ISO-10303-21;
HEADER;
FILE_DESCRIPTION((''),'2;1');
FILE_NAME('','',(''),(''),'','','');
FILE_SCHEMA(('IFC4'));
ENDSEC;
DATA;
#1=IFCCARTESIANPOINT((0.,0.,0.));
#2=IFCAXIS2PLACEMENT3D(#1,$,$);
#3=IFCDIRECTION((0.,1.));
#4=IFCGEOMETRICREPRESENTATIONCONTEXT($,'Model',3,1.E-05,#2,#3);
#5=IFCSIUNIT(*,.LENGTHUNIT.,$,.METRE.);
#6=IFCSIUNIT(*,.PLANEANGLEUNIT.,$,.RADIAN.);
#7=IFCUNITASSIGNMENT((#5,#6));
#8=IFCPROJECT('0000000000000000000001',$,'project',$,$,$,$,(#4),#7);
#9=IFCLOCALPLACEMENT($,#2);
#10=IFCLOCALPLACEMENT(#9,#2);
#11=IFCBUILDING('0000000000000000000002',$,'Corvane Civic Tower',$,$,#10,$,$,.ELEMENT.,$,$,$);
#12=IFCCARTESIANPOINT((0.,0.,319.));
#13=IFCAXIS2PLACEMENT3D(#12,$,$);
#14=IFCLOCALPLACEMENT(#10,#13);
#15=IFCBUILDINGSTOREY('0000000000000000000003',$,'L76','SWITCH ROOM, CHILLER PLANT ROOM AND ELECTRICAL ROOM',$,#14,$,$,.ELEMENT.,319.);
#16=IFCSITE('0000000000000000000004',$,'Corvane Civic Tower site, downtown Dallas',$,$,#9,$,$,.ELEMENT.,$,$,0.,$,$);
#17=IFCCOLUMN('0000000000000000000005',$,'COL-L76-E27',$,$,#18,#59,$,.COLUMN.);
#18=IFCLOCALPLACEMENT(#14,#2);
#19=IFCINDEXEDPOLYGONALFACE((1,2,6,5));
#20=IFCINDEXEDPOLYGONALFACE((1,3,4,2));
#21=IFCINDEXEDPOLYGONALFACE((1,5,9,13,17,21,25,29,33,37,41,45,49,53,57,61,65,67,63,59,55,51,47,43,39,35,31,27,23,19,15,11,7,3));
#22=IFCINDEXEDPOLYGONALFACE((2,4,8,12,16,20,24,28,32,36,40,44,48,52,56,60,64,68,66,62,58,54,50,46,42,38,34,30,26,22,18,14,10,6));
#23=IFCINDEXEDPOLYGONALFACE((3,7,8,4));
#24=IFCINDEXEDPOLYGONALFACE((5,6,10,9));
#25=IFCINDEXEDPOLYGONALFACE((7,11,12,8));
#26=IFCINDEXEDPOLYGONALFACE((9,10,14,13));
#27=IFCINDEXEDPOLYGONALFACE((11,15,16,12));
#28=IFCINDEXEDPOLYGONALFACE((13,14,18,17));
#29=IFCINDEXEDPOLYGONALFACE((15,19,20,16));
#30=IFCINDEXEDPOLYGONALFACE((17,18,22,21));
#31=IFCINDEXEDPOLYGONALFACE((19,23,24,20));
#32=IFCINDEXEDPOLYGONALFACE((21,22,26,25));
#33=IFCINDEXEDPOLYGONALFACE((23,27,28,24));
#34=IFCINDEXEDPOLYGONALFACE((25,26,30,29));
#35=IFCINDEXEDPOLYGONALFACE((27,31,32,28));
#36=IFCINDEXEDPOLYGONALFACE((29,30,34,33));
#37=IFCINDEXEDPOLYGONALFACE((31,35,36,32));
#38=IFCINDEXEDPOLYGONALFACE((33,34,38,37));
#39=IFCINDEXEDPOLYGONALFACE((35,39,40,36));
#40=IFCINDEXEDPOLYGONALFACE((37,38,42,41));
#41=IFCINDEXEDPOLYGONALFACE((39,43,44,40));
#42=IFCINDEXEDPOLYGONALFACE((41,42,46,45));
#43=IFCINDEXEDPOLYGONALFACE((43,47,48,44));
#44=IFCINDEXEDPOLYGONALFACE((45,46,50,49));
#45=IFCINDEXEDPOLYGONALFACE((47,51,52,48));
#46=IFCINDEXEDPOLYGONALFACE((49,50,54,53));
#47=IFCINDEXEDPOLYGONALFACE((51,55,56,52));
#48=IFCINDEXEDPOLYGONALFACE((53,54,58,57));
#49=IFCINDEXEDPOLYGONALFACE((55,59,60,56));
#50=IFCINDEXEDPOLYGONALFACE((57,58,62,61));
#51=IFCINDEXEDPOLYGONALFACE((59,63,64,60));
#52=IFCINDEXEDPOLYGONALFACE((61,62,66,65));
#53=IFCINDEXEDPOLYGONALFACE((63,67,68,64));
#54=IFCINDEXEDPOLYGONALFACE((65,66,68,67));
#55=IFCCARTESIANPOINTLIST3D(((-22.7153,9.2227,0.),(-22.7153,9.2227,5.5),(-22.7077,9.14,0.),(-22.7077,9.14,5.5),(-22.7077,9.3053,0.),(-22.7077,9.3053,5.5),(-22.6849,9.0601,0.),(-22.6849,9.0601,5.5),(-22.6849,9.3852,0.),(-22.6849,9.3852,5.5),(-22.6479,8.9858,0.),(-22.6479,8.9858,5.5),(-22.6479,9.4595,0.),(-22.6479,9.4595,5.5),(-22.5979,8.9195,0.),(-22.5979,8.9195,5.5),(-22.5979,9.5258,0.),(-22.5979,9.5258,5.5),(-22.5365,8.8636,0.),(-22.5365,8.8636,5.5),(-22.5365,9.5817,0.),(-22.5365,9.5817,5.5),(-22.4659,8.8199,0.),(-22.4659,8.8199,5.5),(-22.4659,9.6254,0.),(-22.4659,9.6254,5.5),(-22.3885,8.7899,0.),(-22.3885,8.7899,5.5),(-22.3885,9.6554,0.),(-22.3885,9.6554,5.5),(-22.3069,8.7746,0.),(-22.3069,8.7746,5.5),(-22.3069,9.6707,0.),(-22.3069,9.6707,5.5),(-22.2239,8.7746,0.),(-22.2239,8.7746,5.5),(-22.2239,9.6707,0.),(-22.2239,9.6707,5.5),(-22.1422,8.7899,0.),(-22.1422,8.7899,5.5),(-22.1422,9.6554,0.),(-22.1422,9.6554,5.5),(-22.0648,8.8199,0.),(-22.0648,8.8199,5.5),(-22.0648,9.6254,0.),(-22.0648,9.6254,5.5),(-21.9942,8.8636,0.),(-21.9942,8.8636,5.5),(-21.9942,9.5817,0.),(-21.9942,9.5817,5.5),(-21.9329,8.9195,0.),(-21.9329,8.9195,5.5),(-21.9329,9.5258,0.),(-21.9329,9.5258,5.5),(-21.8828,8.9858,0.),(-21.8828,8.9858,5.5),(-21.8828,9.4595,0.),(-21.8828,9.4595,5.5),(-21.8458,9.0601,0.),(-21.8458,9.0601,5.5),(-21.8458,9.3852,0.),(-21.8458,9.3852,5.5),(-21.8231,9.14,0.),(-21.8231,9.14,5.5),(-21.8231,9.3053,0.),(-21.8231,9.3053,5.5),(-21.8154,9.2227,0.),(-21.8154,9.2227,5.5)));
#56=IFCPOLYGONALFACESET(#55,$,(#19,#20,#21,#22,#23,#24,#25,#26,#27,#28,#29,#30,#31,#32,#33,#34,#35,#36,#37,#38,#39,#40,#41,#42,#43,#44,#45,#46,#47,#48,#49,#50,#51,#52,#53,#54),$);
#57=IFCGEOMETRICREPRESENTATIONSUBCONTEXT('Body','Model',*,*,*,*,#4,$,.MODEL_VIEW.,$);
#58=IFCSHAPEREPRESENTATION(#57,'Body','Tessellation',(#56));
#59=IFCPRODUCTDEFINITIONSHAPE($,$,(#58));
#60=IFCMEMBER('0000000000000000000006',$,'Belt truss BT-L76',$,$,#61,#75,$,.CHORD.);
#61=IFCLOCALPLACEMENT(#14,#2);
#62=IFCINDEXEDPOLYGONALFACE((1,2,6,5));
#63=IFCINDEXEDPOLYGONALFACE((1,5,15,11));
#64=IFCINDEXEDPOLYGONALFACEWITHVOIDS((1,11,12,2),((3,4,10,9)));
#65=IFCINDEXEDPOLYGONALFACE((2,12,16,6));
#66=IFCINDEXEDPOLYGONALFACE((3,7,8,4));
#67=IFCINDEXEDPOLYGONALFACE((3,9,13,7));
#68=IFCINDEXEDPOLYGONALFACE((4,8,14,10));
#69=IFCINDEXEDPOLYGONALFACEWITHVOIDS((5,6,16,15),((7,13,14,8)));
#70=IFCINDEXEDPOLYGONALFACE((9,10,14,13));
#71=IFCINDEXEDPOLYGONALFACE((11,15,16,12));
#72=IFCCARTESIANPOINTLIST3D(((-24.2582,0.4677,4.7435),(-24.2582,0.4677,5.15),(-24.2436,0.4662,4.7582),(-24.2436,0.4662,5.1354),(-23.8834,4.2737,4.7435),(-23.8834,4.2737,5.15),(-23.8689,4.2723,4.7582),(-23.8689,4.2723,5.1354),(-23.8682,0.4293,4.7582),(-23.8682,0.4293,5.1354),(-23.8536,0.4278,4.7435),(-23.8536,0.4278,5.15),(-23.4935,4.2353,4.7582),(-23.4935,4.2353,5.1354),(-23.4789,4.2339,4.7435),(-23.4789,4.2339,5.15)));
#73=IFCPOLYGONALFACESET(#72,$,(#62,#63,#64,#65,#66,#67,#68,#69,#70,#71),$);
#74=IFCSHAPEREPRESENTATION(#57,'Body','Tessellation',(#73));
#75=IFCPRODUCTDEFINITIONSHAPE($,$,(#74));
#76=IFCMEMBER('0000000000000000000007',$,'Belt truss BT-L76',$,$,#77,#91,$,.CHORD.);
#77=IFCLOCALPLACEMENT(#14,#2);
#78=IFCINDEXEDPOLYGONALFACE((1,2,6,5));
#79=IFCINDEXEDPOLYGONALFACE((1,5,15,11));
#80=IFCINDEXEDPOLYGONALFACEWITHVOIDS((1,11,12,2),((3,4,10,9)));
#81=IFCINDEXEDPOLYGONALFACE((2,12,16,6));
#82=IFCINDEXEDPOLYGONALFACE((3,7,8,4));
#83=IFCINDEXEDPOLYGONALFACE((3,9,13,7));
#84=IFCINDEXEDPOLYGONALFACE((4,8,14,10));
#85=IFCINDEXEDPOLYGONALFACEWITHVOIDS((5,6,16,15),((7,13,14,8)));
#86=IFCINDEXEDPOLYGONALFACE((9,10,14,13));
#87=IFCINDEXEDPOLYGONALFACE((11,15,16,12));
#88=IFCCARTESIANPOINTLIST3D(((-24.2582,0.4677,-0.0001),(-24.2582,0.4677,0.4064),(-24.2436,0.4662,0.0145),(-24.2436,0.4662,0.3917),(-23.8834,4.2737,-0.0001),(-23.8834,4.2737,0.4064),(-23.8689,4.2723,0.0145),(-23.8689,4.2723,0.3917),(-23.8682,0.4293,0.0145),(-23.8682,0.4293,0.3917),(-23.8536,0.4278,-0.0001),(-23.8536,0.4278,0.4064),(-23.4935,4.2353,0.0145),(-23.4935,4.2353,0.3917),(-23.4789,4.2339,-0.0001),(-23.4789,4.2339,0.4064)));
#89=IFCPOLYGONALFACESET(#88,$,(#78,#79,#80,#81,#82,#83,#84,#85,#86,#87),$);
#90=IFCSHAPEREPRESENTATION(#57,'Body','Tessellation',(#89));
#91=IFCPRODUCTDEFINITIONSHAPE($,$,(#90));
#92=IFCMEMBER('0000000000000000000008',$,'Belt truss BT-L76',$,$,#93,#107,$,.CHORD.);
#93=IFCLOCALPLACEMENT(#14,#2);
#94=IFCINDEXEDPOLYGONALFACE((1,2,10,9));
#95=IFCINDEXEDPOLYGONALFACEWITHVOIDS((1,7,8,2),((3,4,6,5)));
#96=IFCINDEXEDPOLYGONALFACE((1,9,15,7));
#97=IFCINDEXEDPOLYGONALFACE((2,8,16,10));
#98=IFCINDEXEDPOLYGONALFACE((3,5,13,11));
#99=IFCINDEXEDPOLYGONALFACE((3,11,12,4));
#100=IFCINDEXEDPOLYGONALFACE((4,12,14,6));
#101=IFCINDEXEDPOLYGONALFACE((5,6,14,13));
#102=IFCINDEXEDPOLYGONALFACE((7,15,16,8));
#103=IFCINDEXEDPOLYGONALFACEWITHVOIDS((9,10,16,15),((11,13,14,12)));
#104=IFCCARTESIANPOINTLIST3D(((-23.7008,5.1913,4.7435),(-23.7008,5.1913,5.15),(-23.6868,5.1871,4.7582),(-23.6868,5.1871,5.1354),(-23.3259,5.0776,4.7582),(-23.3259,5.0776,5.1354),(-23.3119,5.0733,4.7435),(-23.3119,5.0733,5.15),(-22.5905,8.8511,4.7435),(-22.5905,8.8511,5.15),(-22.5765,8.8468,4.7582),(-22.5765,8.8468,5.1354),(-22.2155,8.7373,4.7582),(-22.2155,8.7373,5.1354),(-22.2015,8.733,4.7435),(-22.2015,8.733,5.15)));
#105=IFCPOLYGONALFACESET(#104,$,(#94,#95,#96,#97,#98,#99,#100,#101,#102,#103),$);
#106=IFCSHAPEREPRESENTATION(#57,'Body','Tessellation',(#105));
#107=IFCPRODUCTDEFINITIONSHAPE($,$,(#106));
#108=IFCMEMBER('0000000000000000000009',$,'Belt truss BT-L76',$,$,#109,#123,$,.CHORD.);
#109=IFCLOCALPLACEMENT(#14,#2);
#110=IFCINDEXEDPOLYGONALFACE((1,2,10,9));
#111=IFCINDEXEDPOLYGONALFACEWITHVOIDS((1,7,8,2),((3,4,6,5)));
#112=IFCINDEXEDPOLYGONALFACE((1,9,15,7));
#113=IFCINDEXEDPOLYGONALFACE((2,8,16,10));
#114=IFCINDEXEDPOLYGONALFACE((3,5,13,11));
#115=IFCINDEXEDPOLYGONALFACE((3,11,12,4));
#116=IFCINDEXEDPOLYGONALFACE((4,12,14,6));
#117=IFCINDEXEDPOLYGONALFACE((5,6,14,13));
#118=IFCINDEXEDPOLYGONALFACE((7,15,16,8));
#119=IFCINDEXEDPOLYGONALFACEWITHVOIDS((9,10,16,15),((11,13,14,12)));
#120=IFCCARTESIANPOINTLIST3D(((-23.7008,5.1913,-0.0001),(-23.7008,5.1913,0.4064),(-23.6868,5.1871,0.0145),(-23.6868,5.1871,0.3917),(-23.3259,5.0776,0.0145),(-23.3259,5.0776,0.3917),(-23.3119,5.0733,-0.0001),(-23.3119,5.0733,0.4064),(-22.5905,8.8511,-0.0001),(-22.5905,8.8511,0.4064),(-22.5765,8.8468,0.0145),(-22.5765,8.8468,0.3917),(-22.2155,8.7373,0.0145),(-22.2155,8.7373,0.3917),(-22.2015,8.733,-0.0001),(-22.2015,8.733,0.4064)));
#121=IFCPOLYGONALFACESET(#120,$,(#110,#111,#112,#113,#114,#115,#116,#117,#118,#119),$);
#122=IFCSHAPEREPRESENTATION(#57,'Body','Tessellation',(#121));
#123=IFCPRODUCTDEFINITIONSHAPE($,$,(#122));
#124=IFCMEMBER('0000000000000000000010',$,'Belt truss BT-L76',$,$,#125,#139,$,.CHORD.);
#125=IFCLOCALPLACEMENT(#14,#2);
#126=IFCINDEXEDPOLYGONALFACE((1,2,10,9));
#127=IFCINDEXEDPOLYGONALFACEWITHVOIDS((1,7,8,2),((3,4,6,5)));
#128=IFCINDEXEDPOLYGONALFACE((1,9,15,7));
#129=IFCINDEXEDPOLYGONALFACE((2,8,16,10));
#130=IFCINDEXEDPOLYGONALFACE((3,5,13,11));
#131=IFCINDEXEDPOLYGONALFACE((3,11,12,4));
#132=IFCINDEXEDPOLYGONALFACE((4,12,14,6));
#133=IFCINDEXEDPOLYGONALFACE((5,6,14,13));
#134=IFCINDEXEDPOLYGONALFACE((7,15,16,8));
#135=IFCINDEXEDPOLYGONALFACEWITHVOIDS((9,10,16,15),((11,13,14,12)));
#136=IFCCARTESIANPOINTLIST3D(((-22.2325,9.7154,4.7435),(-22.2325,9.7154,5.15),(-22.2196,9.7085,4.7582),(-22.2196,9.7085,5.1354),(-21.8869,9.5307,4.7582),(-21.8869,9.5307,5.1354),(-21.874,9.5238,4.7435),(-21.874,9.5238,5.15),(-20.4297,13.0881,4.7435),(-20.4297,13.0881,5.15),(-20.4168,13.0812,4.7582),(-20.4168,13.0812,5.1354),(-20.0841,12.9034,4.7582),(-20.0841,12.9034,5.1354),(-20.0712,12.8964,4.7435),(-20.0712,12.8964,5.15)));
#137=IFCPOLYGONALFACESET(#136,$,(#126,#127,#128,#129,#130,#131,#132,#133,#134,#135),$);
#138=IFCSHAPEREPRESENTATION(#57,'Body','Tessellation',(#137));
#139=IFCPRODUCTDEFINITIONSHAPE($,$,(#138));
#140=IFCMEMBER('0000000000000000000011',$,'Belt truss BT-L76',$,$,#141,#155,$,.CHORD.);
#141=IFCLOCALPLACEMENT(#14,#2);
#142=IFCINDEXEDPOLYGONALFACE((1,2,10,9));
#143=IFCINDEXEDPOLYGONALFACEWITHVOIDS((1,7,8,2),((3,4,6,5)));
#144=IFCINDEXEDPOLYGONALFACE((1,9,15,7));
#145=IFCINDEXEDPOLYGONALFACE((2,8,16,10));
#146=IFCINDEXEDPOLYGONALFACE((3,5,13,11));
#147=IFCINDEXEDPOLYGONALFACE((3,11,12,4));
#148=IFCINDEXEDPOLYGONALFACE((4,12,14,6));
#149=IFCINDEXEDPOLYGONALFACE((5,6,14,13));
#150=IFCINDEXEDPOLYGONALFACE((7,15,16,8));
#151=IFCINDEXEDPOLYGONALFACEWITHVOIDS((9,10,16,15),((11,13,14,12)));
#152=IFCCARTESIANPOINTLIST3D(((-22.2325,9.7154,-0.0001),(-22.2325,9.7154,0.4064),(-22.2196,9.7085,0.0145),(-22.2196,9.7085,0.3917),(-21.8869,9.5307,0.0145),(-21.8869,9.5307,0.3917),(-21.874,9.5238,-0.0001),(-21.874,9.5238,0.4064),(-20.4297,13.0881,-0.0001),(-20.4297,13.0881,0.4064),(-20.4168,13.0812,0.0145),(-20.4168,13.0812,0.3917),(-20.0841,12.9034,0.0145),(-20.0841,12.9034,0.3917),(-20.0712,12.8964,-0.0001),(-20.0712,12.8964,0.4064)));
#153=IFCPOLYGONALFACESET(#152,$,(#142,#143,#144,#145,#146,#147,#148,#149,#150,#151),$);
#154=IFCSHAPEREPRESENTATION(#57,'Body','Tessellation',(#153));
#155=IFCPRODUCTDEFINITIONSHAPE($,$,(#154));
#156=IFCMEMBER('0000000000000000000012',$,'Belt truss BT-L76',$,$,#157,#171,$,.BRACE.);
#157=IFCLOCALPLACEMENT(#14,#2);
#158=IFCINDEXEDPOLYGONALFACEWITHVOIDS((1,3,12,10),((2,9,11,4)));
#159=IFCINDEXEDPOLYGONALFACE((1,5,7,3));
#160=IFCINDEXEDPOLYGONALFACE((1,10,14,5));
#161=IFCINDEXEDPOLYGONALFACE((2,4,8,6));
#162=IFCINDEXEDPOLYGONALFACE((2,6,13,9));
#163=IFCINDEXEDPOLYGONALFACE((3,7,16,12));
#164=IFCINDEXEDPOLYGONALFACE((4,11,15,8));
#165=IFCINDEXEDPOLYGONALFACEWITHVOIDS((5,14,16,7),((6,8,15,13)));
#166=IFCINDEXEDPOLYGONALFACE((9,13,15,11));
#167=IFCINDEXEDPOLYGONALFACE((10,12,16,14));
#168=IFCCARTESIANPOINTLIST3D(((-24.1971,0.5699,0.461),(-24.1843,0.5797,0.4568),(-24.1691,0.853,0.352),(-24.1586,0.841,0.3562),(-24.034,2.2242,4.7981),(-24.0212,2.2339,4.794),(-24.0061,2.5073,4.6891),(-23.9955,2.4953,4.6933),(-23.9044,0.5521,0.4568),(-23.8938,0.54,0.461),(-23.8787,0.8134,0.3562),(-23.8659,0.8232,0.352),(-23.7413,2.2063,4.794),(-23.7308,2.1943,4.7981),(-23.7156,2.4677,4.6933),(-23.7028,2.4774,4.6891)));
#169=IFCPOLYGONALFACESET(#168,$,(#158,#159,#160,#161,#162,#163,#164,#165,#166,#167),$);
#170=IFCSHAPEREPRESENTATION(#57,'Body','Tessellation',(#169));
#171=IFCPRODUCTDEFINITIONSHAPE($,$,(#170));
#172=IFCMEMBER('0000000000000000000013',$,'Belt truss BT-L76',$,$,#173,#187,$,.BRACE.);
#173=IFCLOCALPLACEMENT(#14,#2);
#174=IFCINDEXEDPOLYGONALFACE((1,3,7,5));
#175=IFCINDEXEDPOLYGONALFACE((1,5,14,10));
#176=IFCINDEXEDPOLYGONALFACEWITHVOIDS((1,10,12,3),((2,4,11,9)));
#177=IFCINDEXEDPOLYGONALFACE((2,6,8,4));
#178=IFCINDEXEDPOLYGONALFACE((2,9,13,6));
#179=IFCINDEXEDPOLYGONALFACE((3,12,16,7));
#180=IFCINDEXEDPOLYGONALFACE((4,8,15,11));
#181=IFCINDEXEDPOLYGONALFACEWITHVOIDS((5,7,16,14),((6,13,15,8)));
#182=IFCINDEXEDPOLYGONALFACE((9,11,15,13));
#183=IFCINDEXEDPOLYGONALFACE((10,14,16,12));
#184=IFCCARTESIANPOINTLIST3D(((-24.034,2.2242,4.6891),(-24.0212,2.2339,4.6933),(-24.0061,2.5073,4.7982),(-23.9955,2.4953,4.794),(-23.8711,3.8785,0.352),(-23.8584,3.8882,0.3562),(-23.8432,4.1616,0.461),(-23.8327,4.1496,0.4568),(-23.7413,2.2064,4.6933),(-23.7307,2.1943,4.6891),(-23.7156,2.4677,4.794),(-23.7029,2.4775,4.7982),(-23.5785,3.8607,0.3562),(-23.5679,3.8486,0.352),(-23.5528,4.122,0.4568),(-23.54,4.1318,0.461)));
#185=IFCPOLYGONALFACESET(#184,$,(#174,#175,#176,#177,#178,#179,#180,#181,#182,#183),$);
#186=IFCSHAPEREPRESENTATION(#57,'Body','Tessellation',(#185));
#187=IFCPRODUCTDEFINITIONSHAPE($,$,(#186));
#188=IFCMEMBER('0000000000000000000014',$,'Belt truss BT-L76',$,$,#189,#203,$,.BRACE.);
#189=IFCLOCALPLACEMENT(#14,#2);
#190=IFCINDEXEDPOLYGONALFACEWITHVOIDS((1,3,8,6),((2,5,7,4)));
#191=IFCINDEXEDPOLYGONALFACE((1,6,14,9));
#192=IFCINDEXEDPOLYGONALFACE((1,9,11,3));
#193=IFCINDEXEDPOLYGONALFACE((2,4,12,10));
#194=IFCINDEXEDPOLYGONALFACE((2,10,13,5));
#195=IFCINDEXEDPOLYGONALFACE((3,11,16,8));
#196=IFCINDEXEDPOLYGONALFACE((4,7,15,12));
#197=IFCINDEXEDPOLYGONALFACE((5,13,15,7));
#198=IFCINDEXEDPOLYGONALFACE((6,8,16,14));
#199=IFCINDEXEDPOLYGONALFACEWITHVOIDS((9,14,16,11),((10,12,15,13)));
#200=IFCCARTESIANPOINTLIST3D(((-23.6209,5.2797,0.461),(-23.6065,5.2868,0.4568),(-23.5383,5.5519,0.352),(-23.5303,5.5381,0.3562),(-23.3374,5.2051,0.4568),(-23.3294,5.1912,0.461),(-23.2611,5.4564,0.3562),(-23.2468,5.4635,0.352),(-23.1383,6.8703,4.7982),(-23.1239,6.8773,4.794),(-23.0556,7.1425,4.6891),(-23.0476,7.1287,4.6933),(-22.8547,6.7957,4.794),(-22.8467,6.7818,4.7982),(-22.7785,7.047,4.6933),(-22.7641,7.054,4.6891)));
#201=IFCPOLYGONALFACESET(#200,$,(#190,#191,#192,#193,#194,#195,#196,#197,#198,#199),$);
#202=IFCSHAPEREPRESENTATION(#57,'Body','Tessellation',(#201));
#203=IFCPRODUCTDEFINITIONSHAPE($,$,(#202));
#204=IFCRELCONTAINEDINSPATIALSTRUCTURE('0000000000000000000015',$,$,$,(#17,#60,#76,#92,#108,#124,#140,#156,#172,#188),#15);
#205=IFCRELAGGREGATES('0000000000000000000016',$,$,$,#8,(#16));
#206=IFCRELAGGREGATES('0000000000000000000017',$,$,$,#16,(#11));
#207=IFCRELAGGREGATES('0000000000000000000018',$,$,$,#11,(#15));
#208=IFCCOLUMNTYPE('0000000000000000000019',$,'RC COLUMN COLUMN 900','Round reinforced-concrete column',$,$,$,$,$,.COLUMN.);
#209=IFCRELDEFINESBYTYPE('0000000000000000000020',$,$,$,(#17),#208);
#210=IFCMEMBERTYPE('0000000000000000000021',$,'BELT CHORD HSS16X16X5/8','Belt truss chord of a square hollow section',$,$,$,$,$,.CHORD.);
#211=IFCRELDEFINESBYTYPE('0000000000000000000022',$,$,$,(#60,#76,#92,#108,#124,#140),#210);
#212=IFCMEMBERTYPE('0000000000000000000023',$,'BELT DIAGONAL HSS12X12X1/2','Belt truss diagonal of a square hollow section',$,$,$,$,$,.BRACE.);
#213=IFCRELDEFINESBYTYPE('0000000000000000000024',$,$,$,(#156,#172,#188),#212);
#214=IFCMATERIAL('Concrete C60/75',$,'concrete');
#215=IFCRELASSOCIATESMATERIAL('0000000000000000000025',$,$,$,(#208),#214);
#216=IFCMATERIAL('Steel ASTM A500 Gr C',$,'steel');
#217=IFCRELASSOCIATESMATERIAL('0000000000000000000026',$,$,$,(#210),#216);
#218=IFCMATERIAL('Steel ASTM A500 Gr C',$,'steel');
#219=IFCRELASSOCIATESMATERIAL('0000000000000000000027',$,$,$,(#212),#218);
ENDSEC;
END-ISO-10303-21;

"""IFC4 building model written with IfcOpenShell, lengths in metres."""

from ifc_helpers import new_model, si_unit, direction, frame, origin, origin_2d, place, context, subcontext, project, spatial, hollow_rectangle, circle, extrude, material, material_profile, profile_set, type_object, element, save


model = new_model("IFC4")

# Units and contexts
model_context = context("Model", 3, precision=1e-05, world=origin(), true_north=direction((0.0, 1.0)))
body_context = subcontext(model_context, "Body", "Model", "MODEL_VIEW")
ifc_project = project(units=[si_unit("LENGTHUNIT", "METRE"), si_unit("PLANEANGLEUNIT", "RADIAN")], contexts=[model_context])

# Site, building, storey
site_placement = place(None, origin())
site = spatial("IfcSite", under=ifc_project, at=site_placement, Name="Corvane Civic Tower site, downtown Dallas", CompositionType="ELEMENT", RefElevation=0.0)
building_placement = place(site_placement, origin())
building = spatial("IfcBuilding", under=site, at=building_placement, Name="Corvane Civic Tower", CompositionType="ELEMENT")
storey_placement = place(building_placement, frame((0.0, 0.0, 319.0)))
storey = spatial("IfcBuildingStorey", under=building, at=storey_placement, Name="L76", Description="SWITCH ROOM, CHILLER PLANT ROOM AND ELECTRICAL ROOM", CompositionType="ELEMENT", Elevation=319.0)

# Column
ifc_material_1 = material(Name="Concrete C60/75", Category="concrete")
ifc_material_profile_1 = material_profile(ifc_material_1, circle(Radius=0.45, at=origin_2d()), Name="COLUMN 900")
ifc_profile_set_1 = profile_set([ifc_material_profile_1], Name="Concrete C60/75")
column_type_1 = type_object("IfcColumnType", Name="RC COLUMN COLUMN 900", Description="Round reinforced-concrete column", PredefinedType="COLUMN", material=ifc_profile_set_1)
for number, where, z_axis, x_axis, name in (
    (1, (-22.2654, 9.2227, 0.0), (0.0, 0.0, 1.0), (1.0, 0.0, 0.0), "COL-L76-E27"),
):
    element("IfcColumn", number, at=place(storey_placement, frame(where, z_axis=z_axis, x_axis=x_axis)), inside=storey, type_object=column_type_1, Name=name, PredefinedType="COLUMN", context=body_context, shape_type="SweptSolid", body=[
        extrude(circle(Radius=0.45, at=origin_2d()), origin(), (0.0, 0.0, 1.0), 5.5),
    ])

# Members
ifc_material_2 = material(Name="Steel ASTM A500 Gr C", Category="steel")
ifc_material_profile_2 = material_profile(ifc_material_2, hollow_rectangle(XDim=0.4065, YDim=0.4065, WallThickness=0.0146, at=origin_2d()), Name="HSS16X16X5/8")
ifc_profile_set_2 = profile_set([ifc_material_profile_2], Name="Steel ASTM A500 Gr C")
member_type_1 = type_object("IfcMemberType", Name="BELT CHORD HSS16X16X5/8", Description="Belt truss chord of a square hollow section", PredefinedType="CHORD", material=ifc_profile_set_2)
for number, where, z_axis, x_axis, name in (
    (2, (-24.0559, 0.4478, 4.9468), (0.097987, 0.995188, 0.0), (-0.995188, 0.097987, 0.0), "Belt truss BT-L76"),
    (3, (-24.0559, 0.4478, 0.2031), (0.097987, 0.995188, 0.0), (-0.995188, 0.097987, 0.0), "Belt truss BT-L76"),
    (4, (-23.5063, 5.1323, 4.9468), (0.290333, 0.956926, 0.0), (-0.956926, 0.290333, 0.0), "Belt truss BT-L76"),
    (5, (-23.5063, 5.1323, 0.2031), (0.290333, 0.956926, 0.0), (-0.956926, 0.290333, 0.0), "Belt truss BT-L76"),
):
    element("IfcMember", number, at=place(storey_placement, frame(where, z_axis=z_axis, x_axis=x_axis)), inside=storey, type_object=member_type_1, Name=name, PredefinedType="CHORD", context=body_context, shape_type="SweptSolid", body=[
        extrude(hollow_rectangle(XDim=0.4065, YDim=0.4065, WallThickness=0.0146, at=origin_2d()), origin(), (0.0, 0.0, 1.0), 3.8245),
    ])
for number, where, z_axis, x_axis, name in (
    (6, (-22.0532, 9.6196, 4.9468), (0.47141, 0.881914, 0.0), (-0.881914, 0.47141, 0.0), "Belt truss BT-L76"),
    (7, (-22.0532, 9.6196, 0.2031), (0.47141, 0.881914, 0.0), (-0.881914, 0.47141, 0.0), "Belt truss BT-L76"),
):
    element("IfcMember", number, at=place(storey_placement, frame(where, z_axis=z_axis, x_axis=x_axis)), inside=storey, type_object=member_type_1, Name=name, PredefinedType="CHORD", context=body_context, shape_type="SweptSolid", body=[
        extrude(hollow_rectangle(XDim=0.4065, YDim=0.4065, WallThickness=0.0146, at=origin_2d()), origin(), (0.0, 0.0, 1.0), 3.8242),
    ])
ifc_material_3 = material(Name="Steel ASTM A500 Gr C", Category="steel")
ifc_material_profile_3 = material_profile(ifc_material_3, hollow_rectangle(XDim=0.3047, YDim=0.3047, WallThickness=0.0117, at=origin_2d()), Name="HSS12X12X1/2")
ifc_profile_set_3 = profile_set([ifc_material_profile_3], Name="Steel ASTM A500 Gr C")
member_type_2 = type_object("IfcMemberType", Name="BELT DIAGONAL HSS12X12X1/2", Description="Belt truss diagonal of a square hollow section", PredefinedType="BRACE", material=ifc_profile_set_3)
for number, where, z_axis, x_axis, name in (
    (8, (-24.0315, 0.6965, 0.4065), (0.035111, 0.35616, 0.933765), (-0.995176, 0.098108, 0.0), "Belt truss BT-L76"),
    (9, (-23.7056, 4.0051, 0.4065), (-0.035059, -0.356161, 0.933767), (0.99519, -0.097962, 0.0), "Belt truss BT-L76"),
    (10, (-23.4338, 5.3716, 0.4065), (0.103916, 0.342445, 0.933773), (-0.956912, 0.290378, 0.0), "Belt truss BT-L76"),
):
    element("IfcMember", number, at=place(storey_placement, frame(where, z_axis=z_axis, x_axis=x_axis)), inside=storey, type_object=member_type_2, Name=name, PredefinedType="BRACE", context=body_context, shape_type="SweptSolid", body=[
        extrude(hollow_rectangle(XDim=0.3047, YDim=0.3047, WallThickness=0.0117, at=origin_2d()), origin(), (0.0, 0.0, 1.0), 4.6448),
    ])

save(model, "model.ifc")
